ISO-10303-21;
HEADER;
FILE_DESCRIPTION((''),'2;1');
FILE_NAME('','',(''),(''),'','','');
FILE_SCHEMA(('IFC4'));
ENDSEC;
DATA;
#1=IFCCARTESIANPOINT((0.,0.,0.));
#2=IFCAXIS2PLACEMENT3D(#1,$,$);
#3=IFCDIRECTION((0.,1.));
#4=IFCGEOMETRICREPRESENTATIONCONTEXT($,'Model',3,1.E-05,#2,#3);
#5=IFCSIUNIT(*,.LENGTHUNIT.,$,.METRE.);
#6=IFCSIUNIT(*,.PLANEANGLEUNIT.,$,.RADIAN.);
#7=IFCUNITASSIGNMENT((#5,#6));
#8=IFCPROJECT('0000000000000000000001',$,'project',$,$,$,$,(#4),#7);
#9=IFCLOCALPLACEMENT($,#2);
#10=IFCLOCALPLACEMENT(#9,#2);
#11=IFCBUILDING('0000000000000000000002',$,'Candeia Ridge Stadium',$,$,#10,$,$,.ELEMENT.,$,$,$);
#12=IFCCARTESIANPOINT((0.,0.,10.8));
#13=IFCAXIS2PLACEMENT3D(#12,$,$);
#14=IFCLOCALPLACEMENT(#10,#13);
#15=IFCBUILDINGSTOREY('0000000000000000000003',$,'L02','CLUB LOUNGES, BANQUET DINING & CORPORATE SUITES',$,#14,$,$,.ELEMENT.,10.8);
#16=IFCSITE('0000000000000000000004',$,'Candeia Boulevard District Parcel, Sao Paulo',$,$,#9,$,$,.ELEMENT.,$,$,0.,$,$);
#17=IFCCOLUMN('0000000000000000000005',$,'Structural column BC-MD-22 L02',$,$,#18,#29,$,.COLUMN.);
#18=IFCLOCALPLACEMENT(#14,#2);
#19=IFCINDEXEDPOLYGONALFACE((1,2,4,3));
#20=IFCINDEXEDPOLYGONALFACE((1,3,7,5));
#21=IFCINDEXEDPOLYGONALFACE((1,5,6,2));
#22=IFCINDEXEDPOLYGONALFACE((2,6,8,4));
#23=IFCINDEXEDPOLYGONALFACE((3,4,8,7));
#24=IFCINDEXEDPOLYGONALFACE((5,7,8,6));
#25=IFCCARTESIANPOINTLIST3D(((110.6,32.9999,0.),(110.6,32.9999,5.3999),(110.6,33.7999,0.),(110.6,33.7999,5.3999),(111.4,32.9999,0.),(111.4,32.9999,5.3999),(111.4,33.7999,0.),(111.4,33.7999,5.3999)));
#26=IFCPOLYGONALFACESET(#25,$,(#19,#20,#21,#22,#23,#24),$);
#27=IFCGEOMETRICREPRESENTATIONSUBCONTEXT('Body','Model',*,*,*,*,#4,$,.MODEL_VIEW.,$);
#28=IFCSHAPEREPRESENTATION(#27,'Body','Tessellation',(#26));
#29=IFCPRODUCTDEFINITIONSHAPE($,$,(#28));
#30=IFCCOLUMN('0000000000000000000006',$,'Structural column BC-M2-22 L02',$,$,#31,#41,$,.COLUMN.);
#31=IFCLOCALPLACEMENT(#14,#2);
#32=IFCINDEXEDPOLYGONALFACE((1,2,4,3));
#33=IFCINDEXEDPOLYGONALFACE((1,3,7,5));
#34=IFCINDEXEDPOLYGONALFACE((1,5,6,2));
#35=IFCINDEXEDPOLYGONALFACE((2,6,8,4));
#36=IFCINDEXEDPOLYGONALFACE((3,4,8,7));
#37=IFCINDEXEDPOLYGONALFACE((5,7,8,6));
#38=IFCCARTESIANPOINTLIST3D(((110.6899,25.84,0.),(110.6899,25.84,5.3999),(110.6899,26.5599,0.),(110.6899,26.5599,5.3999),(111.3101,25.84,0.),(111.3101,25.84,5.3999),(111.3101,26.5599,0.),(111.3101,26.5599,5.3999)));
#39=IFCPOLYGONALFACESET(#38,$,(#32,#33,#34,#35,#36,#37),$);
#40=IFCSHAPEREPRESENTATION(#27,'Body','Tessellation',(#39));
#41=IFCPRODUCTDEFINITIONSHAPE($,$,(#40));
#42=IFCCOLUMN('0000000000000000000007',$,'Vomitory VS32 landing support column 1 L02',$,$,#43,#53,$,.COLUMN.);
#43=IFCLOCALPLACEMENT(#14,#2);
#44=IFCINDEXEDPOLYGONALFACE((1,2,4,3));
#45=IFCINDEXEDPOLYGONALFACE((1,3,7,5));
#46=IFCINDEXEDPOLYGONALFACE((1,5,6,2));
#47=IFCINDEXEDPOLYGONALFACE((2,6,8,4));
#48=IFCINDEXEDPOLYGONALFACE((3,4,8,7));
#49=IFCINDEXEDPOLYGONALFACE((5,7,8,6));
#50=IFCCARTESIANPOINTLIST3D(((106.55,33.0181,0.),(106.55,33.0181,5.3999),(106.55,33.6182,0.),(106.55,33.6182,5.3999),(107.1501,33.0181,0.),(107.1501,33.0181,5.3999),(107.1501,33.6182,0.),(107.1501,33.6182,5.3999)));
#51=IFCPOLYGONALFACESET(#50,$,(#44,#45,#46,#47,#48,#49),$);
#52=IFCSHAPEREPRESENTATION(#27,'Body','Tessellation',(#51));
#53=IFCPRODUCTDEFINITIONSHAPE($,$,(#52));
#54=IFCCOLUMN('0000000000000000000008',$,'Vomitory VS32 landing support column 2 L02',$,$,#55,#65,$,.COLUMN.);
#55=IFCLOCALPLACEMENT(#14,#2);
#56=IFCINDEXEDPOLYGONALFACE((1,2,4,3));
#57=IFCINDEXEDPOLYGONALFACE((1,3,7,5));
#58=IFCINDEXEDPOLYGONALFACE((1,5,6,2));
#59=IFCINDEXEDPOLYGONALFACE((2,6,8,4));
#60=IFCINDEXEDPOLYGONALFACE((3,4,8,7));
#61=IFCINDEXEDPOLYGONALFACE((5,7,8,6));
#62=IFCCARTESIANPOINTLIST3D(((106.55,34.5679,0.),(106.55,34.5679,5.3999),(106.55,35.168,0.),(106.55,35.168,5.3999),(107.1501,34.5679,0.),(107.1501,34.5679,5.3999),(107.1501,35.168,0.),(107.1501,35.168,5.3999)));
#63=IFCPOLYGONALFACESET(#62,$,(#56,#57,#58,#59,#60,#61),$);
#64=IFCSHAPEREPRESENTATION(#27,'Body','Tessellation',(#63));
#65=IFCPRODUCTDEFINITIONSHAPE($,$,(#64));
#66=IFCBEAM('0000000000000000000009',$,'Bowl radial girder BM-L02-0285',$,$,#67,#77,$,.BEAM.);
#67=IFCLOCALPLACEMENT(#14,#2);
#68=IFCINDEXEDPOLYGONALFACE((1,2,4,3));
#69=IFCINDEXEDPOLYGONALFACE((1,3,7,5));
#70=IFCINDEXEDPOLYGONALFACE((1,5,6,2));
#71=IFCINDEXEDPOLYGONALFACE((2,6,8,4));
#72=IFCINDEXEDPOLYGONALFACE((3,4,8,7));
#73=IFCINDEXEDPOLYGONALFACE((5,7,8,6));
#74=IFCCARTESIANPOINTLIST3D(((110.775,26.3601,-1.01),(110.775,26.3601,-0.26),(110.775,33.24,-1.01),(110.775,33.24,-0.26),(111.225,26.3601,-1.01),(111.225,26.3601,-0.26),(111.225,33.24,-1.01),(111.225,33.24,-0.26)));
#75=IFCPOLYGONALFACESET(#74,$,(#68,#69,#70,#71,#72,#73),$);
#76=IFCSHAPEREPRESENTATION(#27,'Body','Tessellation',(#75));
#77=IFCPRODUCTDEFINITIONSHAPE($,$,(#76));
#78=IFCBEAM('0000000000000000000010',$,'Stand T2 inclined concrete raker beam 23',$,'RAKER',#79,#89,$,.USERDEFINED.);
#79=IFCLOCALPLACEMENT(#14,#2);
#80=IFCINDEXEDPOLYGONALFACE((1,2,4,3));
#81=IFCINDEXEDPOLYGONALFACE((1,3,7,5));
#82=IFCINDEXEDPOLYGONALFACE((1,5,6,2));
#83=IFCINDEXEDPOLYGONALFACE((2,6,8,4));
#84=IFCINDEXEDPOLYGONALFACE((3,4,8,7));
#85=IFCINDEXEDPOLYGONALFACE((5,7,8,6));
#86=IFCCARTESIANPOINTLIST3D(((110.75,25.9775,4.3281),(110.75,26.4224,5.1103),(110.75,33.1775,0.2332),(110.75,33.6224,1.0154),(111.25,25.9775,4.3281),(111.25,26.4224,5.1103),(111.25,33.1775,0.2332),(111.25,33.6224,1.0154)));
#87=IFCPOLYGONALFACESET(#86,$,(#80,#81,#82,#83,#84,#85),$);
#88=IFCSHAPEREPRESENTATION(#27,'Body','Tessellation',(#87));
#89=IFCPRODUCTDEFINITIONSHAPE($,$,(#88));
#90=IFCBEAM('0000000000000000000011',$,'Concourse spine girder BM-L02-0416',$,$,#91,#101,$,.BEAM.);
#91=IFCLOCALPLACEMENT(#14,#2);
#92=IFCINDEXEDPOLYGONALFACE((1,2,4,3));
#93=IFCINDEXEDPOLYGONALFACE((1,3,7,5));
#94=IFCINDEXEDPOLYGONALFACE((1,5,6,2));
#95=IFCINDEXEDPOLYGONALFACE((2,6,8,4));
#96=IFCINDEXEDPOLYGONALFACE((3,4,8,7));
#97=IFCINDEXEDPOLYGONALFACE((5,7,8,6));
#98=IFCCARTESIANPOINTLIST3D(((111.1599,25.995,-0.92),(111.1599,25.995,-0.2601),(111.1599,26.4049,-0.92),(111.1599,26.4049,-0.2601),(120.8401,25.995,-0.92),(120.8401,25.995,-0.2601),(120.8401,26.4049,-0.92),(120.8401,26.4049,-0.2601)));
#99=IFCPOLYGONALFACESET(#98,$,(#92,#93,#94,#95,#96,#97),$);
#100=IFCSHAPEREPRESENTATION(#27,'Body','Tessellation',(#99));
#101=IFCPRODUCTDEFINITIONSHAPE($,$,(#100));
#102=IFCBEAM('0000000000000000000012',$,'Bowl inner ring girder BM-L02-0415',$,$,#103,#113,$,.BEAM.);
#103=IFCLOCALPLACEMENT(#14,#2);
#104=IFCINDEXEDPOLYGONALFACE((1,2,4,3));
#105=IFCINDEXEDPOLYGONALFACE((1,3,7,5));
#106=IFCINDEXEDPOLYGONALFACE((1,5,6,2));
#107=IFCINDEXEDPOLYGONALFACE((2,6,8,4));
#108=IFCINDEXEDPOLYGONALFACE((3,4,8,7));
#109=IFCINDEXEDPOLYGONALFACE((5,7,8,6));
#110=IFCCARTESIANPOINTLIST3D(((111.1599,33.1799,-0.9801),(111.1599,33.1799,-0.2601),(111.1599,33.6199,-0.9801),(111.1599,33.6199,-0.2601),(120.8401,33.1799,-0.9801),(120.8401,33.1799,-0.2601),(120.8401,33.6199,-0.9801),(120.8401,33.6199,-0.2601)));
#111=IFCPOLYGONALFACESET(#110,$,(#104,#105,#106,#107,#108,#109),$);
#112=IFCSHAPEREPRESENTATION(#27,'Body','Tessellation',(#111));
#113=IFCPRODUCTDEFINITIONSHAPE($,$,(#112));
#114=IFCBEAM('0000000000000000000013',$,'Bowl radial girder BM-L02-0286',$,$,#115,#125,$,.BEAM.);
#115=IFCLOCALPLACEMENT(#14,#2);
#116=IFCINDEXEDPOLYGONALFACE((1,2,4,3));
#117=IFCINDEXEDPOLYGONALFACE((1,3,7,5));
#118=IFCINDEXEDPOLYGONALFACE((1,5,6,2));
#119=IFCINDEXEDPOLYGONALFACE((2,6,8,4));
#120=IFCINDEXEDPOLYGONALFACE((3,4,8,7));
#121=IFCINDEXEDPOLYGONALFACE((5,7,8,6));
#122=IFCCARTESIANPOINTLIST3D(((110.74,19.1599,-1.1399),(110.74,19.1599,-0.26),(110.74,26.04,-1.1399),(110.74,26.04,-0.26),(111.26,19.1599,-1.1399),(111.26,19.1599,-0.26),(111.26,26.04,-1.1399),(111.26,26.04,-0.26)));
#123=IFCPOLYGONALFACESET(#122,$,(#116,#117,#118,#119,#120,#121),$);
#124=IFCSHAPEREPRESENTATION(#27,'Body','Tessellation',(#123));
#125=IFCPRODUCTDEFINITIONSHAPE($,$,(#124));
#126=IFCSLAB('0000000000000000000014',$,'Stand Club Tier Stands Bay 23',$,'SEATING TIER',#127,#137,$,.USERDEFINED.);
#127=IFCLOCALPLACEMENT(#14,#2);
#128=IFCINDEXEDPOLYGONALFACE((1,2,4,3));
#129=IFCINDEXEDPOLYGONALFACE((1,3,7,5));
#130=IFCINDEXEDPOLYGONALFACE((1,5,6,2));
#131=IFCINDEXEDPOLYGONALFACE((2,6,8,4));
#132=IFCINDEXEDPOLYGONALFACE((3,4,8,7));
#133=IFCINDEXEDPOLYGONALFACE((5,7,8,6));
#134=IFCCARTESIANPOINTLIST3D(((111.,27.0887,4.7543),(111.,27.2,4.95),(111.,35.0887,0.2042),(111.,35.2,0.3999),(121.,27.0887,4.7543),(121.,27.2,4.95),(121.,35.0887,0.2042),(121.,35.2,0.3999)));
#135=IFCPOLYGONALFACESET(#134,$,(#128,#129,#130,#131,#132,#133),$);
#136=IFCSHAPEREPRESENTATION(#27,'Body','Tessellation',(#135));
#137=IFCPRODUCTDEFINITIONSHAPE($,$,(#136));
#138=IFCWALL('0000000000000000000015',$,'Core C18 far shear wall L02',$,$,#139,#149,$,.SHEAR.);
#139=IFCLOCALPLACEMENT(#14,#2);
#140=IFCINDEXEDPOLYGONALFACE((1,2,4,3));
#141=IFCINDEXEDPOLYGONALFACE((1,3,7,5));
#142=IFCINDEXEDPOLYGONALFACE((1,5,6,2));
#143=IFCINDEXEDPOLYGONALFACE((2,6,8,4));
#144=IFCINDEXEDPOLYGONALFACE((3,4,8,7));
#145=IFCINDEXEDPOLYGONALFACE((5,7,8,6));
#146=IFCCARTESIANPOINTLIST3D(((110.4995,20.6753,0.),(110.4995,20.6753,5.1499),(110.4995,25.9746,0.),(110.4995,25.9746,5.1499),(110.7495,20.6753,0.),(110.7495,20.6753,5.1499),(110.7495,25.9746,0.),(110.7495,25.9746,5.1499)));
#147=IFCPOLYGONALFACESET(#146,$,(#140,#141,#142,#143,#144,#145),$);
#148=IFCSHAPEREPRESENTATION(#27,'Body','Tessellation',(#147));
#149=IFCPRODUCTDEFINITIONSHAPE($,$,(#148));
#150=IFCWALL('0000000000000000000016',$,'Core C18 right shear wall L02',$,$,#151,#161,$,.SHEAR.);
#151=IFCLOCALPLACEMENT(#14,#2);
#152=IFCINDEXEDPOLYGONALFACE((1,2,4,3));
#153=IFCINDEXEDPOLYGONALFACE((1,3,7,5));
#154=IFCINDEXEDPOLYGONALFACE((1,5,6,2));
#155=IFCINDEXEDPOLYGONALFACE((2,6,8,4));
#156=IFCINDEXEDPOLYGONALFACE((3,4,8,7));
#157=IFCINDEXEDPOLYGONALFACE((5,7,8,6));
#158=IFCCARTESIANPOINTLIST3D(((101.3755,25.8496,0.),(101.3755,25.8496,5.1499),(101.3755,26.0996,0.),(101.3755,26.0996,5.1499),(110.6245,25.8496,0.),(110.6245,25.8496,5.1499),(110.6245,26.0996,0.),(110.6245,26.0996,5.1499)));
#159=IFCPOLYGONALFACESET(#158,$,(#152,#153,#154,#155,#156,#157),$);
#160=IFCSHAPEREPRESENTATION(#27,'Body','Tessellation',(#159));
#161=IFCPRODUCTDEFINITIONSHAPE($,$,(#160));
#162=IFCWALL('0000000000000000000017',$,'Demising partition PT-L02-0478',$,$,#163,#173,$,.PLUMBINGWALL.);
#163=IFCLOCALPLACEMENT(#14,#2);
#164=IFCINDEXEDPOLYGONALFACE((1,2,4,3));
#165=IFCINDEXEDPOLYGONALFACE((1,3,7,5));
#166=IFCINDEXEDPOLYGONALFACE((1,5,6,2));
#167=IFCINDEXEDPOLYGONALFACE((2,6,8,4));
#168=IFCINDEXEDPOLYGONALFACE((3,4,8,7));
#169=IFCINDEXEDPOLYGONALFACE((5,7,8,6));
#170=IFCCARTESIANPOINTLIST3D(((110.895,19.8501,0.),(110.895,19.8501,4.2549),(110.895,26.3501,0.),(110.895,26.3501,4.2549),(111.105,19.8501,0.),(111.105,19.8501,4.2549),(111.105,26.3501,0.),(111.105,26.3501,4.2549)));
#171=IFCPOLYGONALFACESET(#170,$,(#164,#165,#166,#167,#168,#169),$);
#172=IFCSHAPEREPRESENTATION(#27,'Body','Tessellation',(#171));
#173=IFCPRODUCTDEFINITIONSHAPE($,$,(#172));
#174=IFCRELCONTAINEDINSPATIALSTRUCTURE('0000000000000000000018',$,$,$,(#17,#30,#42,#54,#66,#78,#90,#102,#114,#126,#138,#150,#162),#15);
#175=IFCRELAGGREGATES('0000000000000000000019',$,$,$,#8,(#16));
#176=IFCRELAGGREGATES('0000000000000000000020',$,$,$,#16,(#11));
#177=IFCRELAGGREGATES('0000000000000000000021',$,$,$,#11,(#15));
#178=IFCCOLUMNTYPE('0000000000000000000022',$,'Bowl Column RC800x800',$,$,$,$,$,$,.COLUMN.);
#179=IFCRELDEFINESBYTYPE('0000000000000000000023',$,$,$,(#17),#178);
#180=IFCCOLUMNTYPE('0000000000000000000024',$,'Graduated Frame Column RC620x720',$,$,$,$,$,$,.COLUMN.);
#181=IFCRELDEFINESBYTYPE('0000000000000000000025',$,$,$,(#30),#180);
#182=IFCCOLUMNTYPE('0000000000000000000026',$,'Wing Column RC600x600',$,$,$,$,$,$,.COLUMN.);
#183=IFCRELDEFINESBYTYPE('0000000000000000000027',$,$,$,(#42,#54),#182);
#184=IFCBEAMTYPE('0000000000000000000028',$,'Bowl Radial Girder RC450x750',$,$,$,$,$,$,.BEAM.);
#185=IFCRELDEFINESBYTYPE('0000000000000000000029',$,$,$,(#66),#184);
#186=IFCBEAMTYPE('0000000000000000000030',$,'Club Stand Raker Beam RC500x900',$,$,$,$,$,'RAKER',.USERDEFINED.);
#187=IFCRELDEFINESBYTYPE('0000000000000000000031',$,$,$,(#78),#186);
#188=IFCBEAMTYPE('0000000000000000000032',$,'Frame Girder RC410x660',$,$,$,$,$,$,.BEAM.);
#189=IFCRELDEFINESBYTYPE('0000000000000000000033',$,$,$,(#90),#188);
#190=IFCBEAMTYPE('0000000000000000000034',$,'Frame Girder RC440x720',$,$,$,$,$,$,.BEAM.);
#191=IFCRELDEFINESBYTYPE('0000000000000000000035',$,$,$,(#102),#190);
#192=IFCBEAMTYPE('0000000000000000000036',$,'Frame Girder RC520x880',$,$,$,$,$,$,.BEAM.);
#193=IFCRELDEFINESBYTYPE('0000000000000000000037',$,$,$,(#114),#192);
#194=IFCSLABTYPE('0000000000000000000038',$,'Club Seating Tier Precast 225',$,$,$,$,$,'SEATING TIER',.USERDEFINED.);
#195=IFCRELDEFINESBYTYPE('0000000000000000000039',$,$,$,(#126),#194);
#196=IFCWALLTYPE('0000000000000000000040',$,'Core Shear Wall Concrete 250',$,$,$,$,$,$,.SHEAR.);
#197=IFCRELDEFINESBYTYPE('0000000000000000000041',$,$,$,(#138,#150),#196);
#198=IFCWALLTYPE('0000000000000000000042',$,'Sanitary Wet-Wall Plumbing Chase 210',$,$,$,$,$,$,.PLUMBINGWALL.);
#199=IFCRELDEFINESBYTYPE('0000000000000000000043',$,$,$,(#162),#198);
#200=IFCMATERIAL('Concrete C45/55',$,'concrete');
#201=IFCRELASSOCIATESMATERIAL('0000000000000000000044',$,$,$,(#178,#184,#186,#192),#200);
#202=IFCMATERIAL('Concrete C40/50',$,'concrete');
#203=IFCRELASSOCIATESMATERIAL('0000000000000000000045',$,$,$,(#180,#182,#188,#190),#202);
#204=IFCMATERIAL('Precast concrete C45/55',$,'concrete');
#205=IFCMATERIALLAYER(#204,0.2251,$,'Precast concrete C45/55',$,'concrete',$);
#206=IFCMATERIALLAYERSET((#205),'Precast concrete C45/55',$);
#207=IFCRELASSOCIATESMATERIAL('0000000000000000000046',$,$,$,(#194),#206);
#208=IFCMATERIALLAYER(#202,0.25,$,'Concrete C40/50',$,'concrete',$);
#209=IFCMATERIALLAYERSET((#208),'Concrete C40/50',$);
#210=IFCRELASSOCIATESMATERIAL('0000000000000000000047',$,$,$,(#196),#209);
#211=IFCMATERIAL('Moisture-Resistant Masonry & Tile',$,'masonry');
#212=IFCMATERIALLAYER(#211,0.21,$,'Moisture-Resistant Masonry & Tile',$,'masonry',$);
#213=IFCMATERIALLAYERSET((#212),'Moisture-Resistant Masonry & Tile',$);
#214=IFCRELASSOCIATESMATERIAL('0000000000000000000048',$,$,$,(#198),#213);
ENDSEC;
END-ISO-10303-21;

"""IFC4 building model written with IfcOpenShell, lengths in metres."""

from ifc_helpers import new_model, si_unit, direction, frame, frame_2d, origin, origin_2d, place, context, subcontext, project, spatial, polyline, rectangle, outline, extrude, material, layer, layer_set, material_profile, profile_set, type_object, element, save


model = new_model("IFC4")

# Units and contexts
model_context = context("Model", 3, precision=1e-05, world=origin(), true_north=direction((0.0, 1.0)))
body_context = subcontext(model_context, "Body", "Model", "MODEL_VIEW")
ifc_project = project(units=[si_unit("LENGTHUNIT", "METRE"), si_unit("PLANEANGLEUNIT", "RADIAN")], contexts=[model_context])

# Site, building, storey
site_placement = place(None, origin())
site = spatial("IfcSite", under=ifc_project, at=site_placement, Name="Candeia Boulevard District Parcel, Sao Paulo", CompositionType="ELEMENT", RefElevation=0.0)
building_placement = place(site_placement, origin())
building = spatial("IfcBuilding", under=site, at=building_placement, Name="Candeia Ridge Stadium", CompositionType="ELEMENT")
storey_placement = place(building_placement, frame((0.0, 0.0, 10.8)))
storey = spatial("IfcBuildingStorey", under=building, at=storey_placement, Name="L02", Description="CLUB LOUNGES, BANQUET DINING & CORPORATE SUITES", CompositionType="ELEMENT", Elevation=10.8)

# Columns
ifc_material_1 = material(Name="Concrete C45/55", Category="concrete")
ifc_material_profile_1 = material_profile(ifc_material_1, rectangle(XDim=0.8, YDim=0.8, at=origin_2d()), Name="RC800x800", Category="concrete")
ifc_profile_set_1 = profile_set([ifc_material_profile_1], Name="Concrete C45/55")
column_type_1 = type_object("IfcColumnType", Name="Bowl Column RC800x800", PredefinedType="COLUMN", material=ifc_profile_set_1)
column_1_placement = place(storey_placement, frame((111.0, 33.3999, 0.0), z_axis=(0.0, 0.0, 1.0), x_axis=(1.0, 0.0, 0.0)))
element("IfcColumn", 1, at=column_1_placement, inside=storey, type_object=column_type_1, Name="Structural column BC-MD-22 L02", PredefinedType="COLUMN", context=body_context, shape_type="SweptSolid", body=[
    extrude(rectangle(XDim=0.8, YDim=0.8, at=origin_2d()), origin(), (0.0, 0.0, 1.0), 5.3999),
])
ifc_material_2 = material(Name="Concrete C40/50", Category="concrete")
ifc_material_profile_2 = material_profile(ifc_material_2, rectangle(XDim=0.6201, YDim=0.72, at=origin_2d()), Name="RC620x720", Category="concrete")
ifc_profile_set_2 = profile_set([ifc_material_profile_2], Name="Concrete C40/50")
column_type_2 = type_object("IfcColumnType", Name="Graduated Frame Column RC620x720", PredefinedType="COLUMN", material=ifc_profile_set_2)
column_2_placement = place(storey_placement, frame((111.0, 26.2, 0.0), z_axis=(0.0, 0.0, 1.0), x_axis=(1.0, 0.0, 0.0)))
element("IfcColumn", 2, at=column_2_placement, inside=storey, type_object=column_type_2, Name="Structural column BC-M2-22 L02", PredefinedType="COLUMN", context=body_context, shape_type="SweptSolid", body=[
    extrude(rectangle(XDim=0.6201, YDim=0.72, at=origin_2d()), origin(), (0.0, 0.0, 1.0), 5.3999),
])
ifc_material_profile_3 = material_profile(ifc_material_2, rectangle(XDim=0.6001, YDim=0.6001, at=origin_2d()), Name="RC600x600", Category="concrete")
ifc_profile_set_3 = profile_set([ifc_material_profile_3], Name="Concrete C40/50")
column_type_3 = type_object("IfcColumnType", Name="Wing Column RC600x600", PredefinedType="COLUMN", material=ifc_profile_set_3)
for number, where, z_axis, x_axis, name in (
    (3, (106.8501, 33.3181, 0.0), (0.0, 0.0, 1.0), (1.0, 0.0, 0.0), "Vomitory VS32 landing support column 1 L02"),
    (4, (106.8501, 34.8679, 0.0), (0.0, 0.0, 1.0), (1.0, 0.0, 0.0), "Vomitory VS32 landing support column 2 L02"),
):
    element("IfcColumn", number, at=place(storey_placement, frame(where, z_axis=z_axis, x_axis=x_axis)), inside=storey, type_object=column_type_3, Name=name, PredefinedType="COLUMN", context=body_context, shape_type="SweptSolid", body=[
        extrude(rectangle(XDim=0.6001, YDim=0.6001, at=origin_2d()), origin(), (0.0, 0.0, 1.0), 5.3999),
    ])

# Beams
ifc_material_profile_4 = material_profile(ifc_material_1, rectangle(XDim=0.45, YDim=0.75, at=origin_2d()), Name="RC450x750", Category="concrete")
ifc_profile_set_4 = profile_set([ifc_material_profile_4], Name="Concrete C45/55")
beam_type_1 = type_object("IfcBeamType", Name="Bowl Radial Girder RC450x750", PredefinedType="BEAM", material=ifc_profile_set_4)
beam_1_placement = place(storey_placement, frame((111.0, 33.24, -0.635), z_axis=(0.0, -1.0, 0.0), x_axis=(1.0, 0.0, 0.0)))
element("IfcBeam", 5, at=beam_1_placement, inside=storey, type_object=beam_type_1, Name="Bowl radial girder BM-L02-0285", PredefinedType="BEAM", context=body_context, shape_type="SweptSolid", body=[
    extrude(rectangle(XDim=0.45, YDim=0.75, at=origin_2d()), origin(), (0.0, 0.0, 1.0), 6.8799),
])
ifc_material_profile_5 = material_profile(ifc_material_1, rectangle(XDim=0.5, YDim=0.8999, at=origin_2d()), Name="RC500x900", Category="concrete")
ifc_profile_set_5 = profile_set([ifc_material_profile_5], Name="Concrete C45/55")
beam_type_2 = type_object("IfcBeamType", Name="Club Stand Raker Beam RC500x900", ElementType="RAKER", PredefinedType="USERDEFINED", material=ifc_profile_set_5)
beam_2_placement = place(storey_placement, frame((111.0, 33.3999, 0.6243), z_axis=(0.0, -0.869244, 0.494383), x_axis=(1.0, 0.0, 0.0)))
element("IfcBeam", 6, at=beam_2_placement, inside=storey, type_object=beam_type_2, Name="Stand T2 inclined concrete raker beam 23", ObjectType="RAKER", PredefinedType="USERDEFINED", context=body_context, shape_type="SweptSolid", body=[
    extrude(rectangle(XDim=0.5, YDim=0.8999, at=origin_2d()), origin(), (0.0, 0.0, 1.0), 8.283),
])
ifc_material_profile_6 = material_profile(ifc_material_2, rectangle(XDim=0.4099, YDim=0.6599, at=origin_2d()), Name="RC410x660", Category="concrete")
ifc_profile_set_6 = profile_set([ifc_material_profile_6], Name="Concrete C40/50")
beam_type_3 = type_object("IfcBeamType", Name="Frame Girder RC410x660", PredefinedType="BEAM", material=ifc_profile_set_6)
beam_3_placement = place(storey_placement, frame((111.1599, 26.2, -0.5901), z_axis=(1.0, 0.0, 0.0), x_axis=(0.0, 1.0, 0.0)))
element("IfcBeam", 7, at=beam_3_placement, inside=storey, type_object=beam_type_3, Name="Concourse spine girder BM-L02-0416", PredefinedType="BEAM", context=body_context, shape_type="SweptSolid", body=[
    extrude(rectangle(XDim=0.4099, YDim=0.6599, at=origin_2d()), origin(), (0.0, 0.0, 1.0), 9.6802),
])
ifc_material_profile_7 = material_profile(ifc_material_2, rectangle(XDim=0.4399, YDim=0.72, at=origin_2d()), Name="RC440x720", Category="concrete")
ifc_profile_set_7 = profile_set([ifc_material_profile_7], Name="Concrete C40/50")
beam_type_4 = type_object("IfcBeamType", Name="Frame Girder RC440x720", PredefinedType="BEAM", material=ifc_profile_set_7)
beam_4_placement = place(storey_placement, frame((111.1599, 33.3999, -0.6201), z_axis=(1.0, 0.0, 0.0), x_axis=(0.0, 1.0, 0.0)))
element("IfcBeam", 8, at=beam_4_placement, inside=storey, type_object=beam_type_4, Name="Bowl inner ring girder BM-L02-0415", PredefinedType="BEAM", context=body_context, shape_type="SweptSolid", body=[
    extrude(rectangle(XDim=0.4399, YDim=0.72, at=origin_2d()), origin(), (0.0, 0.0, 1.0), 9.6802),
])
ifc_material_profile_8 = material_profile(ifc_material_1, rectangle(XDim=0.52, YDim=0.8799, at=origin_2d()), Name="RC520x880", Category="concrete")
ifc_profile_set_8 = profile_set([ifc_material_profile_8], Name="Concrete C45/55")
beam_type_5 = type_object("IfcBeamType", Name="Frame Girder RC520x880", PredefinedType="BEAM", material=ifc_profile_set_8)
beam_5_placement = place(storey_placement, frame((111.0, 26.04, -0.7), z_axis=(0.0, -1.0, 0.0), x_axis=(1.0, 0.0, 0.0)))
element("IfcBeam", 9, at=beam_5_placement, inside=storey, type_object=beam_type_5, Name="Bowl radial girder BM-L02-0286", PredefinedType="BEAM", context=body_context, shape_type="SweptSolid", body=[
    extrude(rectangle(XDim=0.52, YDim=0.8799, at=origin_2d()), origin(), (0.0, 0.0, 1.0), 6.8801),
])

# Slab
ifc_material_3 = material(Name="Precast concrete C45/55", Category="concrete")
ifc_layer_1 = layer(ifc_material_3, 0.2251, Name="Precast concrete C45/55", Category="concrete")
ifc_layer_set_1 = layer_set([ifc_layer_1], Name="Precast concrete C45/55")
slab_type = type_object("IfcSlabType", Name="Club Seating Tier Precast 225", ElementType="SEATING TIER", PredefinedType="USERDEFINED", material=ifc_layer_set_1)
slab_placement = place(storey_placement, frame((111.0, 35.2, 0.3999), z_axis=(0.0, 0.494387, 0.869242), x_axis=(1.0, 0.0, 0.0)))
element("IfcSlab", 10, at=slab_placement, inside=storey, type_object=slab_type, Name="Stand Club Tier Stands Bay 23", ObjectType="SEATING TIER", PredefinedType="USERDEFINED", context=body_context, shape_type="SweptSolid", body=[
    extrude(outline(polyline([(0.0, 0.0), (10.0, 0.0), (10.0, -9.2034), (0.0, -9.2034), (0.0, 0.0)])), origin(), (0.0, 0.0, -1.0), 0.2251),
])

# Walls
ifc_layer_2 = layer(ifc_material_2, 0.25, Name="Concrete C40/50", Category="concrete")
ifc_layer_set_2 = layer_set([ifc_layer_2], Name="Concrete C40/50")
wall_type_1 = type_object("IfcWallType", Name="Core Shear Wall Concrete 250", PredefinedType="SHEAR", material=ifc_layer_set_2)
wall_1_placement = place(storey_placement, frame((110.6245, 20.6753, 0.0), z_axis=(0.0, 0.0, 1.0), x_axis=(0.0, 1.0, 0.0)))
element("IfcWall", 11, at=wall_1_placement, inside=storey, type_object=wall_type_1, Name="Core C18 far shear wall L02", PredefinedType="SHEAR", context=body_context, shape_type="SweptSolid", body=[
    extrude(rectangle(XDim=5.2993, YDim=0.25, at=frame_2d((2.6497, 0.0))), origin(), (0.0, 0.0, 1.0), 5.1499),
])
wall_2_placement = place(storey_placement, frame((110.6245, 25.9746, 0.0), z_axis=(0.0, 0.0, 1.0), x_axis=(-1.0, 0.0, 0.0)))
element("IfcWall", 12, at=wall_2_placement, inside=storey, type_object=wall_type_1, Name="Core C18 right shear wall L02", PredefinedType="SHEAR", context=body_context, shape_type="SweptSolid", body=[
    extrude(rectangle(XDim=9.249, YDim=0.25, at=frame_2d((4.6245, 0.0))), origin(), (0.0, 0.0, 1.0), 5.1499),
])
ifc_material_4 = material(Name="Moisture-Resistant Masonry & Tile", Category="masonry")
ifc_layer_3 = layer(ifc_material_4, 0.21, Name="Moisture-Resistant Masonry & Tile", Category="masonry")
ifc_layer_set_3 = layer_set([ifc_layer_3], Name="Moisture-Resistant Masonry & Tile")
wall_type_2 = type_object("IfcWallType", Name="Sanitary Wet-Wall Plumbing Chase 210", PredefinedType="PLUMBINGWALL", material=ifc_layer_set_3)
wall_3_placement = place(storey_placement, frame((111.0, 26.3501, 0.0), z_axis=(0.0, 0.0, 1.0), x_axis=(0.0, -1.0, 0.0)))
element("IfcWall", 13, at=wall_3_placement, inside=storey, type_object=wall_type_2, Name="Demising partition PT-L02-0478", PredefinedType="PLUMBINGWALL", context=body_context, shape_type="SweptSolid", body=[
    extrude(rectangle(XDim=6.5, YDim=0.21, at=frame_2d((3.25, 0.0))), origin(), (0.0, 0.0, 1.0), 4.2549),
])

save(model, "model.ifc")
